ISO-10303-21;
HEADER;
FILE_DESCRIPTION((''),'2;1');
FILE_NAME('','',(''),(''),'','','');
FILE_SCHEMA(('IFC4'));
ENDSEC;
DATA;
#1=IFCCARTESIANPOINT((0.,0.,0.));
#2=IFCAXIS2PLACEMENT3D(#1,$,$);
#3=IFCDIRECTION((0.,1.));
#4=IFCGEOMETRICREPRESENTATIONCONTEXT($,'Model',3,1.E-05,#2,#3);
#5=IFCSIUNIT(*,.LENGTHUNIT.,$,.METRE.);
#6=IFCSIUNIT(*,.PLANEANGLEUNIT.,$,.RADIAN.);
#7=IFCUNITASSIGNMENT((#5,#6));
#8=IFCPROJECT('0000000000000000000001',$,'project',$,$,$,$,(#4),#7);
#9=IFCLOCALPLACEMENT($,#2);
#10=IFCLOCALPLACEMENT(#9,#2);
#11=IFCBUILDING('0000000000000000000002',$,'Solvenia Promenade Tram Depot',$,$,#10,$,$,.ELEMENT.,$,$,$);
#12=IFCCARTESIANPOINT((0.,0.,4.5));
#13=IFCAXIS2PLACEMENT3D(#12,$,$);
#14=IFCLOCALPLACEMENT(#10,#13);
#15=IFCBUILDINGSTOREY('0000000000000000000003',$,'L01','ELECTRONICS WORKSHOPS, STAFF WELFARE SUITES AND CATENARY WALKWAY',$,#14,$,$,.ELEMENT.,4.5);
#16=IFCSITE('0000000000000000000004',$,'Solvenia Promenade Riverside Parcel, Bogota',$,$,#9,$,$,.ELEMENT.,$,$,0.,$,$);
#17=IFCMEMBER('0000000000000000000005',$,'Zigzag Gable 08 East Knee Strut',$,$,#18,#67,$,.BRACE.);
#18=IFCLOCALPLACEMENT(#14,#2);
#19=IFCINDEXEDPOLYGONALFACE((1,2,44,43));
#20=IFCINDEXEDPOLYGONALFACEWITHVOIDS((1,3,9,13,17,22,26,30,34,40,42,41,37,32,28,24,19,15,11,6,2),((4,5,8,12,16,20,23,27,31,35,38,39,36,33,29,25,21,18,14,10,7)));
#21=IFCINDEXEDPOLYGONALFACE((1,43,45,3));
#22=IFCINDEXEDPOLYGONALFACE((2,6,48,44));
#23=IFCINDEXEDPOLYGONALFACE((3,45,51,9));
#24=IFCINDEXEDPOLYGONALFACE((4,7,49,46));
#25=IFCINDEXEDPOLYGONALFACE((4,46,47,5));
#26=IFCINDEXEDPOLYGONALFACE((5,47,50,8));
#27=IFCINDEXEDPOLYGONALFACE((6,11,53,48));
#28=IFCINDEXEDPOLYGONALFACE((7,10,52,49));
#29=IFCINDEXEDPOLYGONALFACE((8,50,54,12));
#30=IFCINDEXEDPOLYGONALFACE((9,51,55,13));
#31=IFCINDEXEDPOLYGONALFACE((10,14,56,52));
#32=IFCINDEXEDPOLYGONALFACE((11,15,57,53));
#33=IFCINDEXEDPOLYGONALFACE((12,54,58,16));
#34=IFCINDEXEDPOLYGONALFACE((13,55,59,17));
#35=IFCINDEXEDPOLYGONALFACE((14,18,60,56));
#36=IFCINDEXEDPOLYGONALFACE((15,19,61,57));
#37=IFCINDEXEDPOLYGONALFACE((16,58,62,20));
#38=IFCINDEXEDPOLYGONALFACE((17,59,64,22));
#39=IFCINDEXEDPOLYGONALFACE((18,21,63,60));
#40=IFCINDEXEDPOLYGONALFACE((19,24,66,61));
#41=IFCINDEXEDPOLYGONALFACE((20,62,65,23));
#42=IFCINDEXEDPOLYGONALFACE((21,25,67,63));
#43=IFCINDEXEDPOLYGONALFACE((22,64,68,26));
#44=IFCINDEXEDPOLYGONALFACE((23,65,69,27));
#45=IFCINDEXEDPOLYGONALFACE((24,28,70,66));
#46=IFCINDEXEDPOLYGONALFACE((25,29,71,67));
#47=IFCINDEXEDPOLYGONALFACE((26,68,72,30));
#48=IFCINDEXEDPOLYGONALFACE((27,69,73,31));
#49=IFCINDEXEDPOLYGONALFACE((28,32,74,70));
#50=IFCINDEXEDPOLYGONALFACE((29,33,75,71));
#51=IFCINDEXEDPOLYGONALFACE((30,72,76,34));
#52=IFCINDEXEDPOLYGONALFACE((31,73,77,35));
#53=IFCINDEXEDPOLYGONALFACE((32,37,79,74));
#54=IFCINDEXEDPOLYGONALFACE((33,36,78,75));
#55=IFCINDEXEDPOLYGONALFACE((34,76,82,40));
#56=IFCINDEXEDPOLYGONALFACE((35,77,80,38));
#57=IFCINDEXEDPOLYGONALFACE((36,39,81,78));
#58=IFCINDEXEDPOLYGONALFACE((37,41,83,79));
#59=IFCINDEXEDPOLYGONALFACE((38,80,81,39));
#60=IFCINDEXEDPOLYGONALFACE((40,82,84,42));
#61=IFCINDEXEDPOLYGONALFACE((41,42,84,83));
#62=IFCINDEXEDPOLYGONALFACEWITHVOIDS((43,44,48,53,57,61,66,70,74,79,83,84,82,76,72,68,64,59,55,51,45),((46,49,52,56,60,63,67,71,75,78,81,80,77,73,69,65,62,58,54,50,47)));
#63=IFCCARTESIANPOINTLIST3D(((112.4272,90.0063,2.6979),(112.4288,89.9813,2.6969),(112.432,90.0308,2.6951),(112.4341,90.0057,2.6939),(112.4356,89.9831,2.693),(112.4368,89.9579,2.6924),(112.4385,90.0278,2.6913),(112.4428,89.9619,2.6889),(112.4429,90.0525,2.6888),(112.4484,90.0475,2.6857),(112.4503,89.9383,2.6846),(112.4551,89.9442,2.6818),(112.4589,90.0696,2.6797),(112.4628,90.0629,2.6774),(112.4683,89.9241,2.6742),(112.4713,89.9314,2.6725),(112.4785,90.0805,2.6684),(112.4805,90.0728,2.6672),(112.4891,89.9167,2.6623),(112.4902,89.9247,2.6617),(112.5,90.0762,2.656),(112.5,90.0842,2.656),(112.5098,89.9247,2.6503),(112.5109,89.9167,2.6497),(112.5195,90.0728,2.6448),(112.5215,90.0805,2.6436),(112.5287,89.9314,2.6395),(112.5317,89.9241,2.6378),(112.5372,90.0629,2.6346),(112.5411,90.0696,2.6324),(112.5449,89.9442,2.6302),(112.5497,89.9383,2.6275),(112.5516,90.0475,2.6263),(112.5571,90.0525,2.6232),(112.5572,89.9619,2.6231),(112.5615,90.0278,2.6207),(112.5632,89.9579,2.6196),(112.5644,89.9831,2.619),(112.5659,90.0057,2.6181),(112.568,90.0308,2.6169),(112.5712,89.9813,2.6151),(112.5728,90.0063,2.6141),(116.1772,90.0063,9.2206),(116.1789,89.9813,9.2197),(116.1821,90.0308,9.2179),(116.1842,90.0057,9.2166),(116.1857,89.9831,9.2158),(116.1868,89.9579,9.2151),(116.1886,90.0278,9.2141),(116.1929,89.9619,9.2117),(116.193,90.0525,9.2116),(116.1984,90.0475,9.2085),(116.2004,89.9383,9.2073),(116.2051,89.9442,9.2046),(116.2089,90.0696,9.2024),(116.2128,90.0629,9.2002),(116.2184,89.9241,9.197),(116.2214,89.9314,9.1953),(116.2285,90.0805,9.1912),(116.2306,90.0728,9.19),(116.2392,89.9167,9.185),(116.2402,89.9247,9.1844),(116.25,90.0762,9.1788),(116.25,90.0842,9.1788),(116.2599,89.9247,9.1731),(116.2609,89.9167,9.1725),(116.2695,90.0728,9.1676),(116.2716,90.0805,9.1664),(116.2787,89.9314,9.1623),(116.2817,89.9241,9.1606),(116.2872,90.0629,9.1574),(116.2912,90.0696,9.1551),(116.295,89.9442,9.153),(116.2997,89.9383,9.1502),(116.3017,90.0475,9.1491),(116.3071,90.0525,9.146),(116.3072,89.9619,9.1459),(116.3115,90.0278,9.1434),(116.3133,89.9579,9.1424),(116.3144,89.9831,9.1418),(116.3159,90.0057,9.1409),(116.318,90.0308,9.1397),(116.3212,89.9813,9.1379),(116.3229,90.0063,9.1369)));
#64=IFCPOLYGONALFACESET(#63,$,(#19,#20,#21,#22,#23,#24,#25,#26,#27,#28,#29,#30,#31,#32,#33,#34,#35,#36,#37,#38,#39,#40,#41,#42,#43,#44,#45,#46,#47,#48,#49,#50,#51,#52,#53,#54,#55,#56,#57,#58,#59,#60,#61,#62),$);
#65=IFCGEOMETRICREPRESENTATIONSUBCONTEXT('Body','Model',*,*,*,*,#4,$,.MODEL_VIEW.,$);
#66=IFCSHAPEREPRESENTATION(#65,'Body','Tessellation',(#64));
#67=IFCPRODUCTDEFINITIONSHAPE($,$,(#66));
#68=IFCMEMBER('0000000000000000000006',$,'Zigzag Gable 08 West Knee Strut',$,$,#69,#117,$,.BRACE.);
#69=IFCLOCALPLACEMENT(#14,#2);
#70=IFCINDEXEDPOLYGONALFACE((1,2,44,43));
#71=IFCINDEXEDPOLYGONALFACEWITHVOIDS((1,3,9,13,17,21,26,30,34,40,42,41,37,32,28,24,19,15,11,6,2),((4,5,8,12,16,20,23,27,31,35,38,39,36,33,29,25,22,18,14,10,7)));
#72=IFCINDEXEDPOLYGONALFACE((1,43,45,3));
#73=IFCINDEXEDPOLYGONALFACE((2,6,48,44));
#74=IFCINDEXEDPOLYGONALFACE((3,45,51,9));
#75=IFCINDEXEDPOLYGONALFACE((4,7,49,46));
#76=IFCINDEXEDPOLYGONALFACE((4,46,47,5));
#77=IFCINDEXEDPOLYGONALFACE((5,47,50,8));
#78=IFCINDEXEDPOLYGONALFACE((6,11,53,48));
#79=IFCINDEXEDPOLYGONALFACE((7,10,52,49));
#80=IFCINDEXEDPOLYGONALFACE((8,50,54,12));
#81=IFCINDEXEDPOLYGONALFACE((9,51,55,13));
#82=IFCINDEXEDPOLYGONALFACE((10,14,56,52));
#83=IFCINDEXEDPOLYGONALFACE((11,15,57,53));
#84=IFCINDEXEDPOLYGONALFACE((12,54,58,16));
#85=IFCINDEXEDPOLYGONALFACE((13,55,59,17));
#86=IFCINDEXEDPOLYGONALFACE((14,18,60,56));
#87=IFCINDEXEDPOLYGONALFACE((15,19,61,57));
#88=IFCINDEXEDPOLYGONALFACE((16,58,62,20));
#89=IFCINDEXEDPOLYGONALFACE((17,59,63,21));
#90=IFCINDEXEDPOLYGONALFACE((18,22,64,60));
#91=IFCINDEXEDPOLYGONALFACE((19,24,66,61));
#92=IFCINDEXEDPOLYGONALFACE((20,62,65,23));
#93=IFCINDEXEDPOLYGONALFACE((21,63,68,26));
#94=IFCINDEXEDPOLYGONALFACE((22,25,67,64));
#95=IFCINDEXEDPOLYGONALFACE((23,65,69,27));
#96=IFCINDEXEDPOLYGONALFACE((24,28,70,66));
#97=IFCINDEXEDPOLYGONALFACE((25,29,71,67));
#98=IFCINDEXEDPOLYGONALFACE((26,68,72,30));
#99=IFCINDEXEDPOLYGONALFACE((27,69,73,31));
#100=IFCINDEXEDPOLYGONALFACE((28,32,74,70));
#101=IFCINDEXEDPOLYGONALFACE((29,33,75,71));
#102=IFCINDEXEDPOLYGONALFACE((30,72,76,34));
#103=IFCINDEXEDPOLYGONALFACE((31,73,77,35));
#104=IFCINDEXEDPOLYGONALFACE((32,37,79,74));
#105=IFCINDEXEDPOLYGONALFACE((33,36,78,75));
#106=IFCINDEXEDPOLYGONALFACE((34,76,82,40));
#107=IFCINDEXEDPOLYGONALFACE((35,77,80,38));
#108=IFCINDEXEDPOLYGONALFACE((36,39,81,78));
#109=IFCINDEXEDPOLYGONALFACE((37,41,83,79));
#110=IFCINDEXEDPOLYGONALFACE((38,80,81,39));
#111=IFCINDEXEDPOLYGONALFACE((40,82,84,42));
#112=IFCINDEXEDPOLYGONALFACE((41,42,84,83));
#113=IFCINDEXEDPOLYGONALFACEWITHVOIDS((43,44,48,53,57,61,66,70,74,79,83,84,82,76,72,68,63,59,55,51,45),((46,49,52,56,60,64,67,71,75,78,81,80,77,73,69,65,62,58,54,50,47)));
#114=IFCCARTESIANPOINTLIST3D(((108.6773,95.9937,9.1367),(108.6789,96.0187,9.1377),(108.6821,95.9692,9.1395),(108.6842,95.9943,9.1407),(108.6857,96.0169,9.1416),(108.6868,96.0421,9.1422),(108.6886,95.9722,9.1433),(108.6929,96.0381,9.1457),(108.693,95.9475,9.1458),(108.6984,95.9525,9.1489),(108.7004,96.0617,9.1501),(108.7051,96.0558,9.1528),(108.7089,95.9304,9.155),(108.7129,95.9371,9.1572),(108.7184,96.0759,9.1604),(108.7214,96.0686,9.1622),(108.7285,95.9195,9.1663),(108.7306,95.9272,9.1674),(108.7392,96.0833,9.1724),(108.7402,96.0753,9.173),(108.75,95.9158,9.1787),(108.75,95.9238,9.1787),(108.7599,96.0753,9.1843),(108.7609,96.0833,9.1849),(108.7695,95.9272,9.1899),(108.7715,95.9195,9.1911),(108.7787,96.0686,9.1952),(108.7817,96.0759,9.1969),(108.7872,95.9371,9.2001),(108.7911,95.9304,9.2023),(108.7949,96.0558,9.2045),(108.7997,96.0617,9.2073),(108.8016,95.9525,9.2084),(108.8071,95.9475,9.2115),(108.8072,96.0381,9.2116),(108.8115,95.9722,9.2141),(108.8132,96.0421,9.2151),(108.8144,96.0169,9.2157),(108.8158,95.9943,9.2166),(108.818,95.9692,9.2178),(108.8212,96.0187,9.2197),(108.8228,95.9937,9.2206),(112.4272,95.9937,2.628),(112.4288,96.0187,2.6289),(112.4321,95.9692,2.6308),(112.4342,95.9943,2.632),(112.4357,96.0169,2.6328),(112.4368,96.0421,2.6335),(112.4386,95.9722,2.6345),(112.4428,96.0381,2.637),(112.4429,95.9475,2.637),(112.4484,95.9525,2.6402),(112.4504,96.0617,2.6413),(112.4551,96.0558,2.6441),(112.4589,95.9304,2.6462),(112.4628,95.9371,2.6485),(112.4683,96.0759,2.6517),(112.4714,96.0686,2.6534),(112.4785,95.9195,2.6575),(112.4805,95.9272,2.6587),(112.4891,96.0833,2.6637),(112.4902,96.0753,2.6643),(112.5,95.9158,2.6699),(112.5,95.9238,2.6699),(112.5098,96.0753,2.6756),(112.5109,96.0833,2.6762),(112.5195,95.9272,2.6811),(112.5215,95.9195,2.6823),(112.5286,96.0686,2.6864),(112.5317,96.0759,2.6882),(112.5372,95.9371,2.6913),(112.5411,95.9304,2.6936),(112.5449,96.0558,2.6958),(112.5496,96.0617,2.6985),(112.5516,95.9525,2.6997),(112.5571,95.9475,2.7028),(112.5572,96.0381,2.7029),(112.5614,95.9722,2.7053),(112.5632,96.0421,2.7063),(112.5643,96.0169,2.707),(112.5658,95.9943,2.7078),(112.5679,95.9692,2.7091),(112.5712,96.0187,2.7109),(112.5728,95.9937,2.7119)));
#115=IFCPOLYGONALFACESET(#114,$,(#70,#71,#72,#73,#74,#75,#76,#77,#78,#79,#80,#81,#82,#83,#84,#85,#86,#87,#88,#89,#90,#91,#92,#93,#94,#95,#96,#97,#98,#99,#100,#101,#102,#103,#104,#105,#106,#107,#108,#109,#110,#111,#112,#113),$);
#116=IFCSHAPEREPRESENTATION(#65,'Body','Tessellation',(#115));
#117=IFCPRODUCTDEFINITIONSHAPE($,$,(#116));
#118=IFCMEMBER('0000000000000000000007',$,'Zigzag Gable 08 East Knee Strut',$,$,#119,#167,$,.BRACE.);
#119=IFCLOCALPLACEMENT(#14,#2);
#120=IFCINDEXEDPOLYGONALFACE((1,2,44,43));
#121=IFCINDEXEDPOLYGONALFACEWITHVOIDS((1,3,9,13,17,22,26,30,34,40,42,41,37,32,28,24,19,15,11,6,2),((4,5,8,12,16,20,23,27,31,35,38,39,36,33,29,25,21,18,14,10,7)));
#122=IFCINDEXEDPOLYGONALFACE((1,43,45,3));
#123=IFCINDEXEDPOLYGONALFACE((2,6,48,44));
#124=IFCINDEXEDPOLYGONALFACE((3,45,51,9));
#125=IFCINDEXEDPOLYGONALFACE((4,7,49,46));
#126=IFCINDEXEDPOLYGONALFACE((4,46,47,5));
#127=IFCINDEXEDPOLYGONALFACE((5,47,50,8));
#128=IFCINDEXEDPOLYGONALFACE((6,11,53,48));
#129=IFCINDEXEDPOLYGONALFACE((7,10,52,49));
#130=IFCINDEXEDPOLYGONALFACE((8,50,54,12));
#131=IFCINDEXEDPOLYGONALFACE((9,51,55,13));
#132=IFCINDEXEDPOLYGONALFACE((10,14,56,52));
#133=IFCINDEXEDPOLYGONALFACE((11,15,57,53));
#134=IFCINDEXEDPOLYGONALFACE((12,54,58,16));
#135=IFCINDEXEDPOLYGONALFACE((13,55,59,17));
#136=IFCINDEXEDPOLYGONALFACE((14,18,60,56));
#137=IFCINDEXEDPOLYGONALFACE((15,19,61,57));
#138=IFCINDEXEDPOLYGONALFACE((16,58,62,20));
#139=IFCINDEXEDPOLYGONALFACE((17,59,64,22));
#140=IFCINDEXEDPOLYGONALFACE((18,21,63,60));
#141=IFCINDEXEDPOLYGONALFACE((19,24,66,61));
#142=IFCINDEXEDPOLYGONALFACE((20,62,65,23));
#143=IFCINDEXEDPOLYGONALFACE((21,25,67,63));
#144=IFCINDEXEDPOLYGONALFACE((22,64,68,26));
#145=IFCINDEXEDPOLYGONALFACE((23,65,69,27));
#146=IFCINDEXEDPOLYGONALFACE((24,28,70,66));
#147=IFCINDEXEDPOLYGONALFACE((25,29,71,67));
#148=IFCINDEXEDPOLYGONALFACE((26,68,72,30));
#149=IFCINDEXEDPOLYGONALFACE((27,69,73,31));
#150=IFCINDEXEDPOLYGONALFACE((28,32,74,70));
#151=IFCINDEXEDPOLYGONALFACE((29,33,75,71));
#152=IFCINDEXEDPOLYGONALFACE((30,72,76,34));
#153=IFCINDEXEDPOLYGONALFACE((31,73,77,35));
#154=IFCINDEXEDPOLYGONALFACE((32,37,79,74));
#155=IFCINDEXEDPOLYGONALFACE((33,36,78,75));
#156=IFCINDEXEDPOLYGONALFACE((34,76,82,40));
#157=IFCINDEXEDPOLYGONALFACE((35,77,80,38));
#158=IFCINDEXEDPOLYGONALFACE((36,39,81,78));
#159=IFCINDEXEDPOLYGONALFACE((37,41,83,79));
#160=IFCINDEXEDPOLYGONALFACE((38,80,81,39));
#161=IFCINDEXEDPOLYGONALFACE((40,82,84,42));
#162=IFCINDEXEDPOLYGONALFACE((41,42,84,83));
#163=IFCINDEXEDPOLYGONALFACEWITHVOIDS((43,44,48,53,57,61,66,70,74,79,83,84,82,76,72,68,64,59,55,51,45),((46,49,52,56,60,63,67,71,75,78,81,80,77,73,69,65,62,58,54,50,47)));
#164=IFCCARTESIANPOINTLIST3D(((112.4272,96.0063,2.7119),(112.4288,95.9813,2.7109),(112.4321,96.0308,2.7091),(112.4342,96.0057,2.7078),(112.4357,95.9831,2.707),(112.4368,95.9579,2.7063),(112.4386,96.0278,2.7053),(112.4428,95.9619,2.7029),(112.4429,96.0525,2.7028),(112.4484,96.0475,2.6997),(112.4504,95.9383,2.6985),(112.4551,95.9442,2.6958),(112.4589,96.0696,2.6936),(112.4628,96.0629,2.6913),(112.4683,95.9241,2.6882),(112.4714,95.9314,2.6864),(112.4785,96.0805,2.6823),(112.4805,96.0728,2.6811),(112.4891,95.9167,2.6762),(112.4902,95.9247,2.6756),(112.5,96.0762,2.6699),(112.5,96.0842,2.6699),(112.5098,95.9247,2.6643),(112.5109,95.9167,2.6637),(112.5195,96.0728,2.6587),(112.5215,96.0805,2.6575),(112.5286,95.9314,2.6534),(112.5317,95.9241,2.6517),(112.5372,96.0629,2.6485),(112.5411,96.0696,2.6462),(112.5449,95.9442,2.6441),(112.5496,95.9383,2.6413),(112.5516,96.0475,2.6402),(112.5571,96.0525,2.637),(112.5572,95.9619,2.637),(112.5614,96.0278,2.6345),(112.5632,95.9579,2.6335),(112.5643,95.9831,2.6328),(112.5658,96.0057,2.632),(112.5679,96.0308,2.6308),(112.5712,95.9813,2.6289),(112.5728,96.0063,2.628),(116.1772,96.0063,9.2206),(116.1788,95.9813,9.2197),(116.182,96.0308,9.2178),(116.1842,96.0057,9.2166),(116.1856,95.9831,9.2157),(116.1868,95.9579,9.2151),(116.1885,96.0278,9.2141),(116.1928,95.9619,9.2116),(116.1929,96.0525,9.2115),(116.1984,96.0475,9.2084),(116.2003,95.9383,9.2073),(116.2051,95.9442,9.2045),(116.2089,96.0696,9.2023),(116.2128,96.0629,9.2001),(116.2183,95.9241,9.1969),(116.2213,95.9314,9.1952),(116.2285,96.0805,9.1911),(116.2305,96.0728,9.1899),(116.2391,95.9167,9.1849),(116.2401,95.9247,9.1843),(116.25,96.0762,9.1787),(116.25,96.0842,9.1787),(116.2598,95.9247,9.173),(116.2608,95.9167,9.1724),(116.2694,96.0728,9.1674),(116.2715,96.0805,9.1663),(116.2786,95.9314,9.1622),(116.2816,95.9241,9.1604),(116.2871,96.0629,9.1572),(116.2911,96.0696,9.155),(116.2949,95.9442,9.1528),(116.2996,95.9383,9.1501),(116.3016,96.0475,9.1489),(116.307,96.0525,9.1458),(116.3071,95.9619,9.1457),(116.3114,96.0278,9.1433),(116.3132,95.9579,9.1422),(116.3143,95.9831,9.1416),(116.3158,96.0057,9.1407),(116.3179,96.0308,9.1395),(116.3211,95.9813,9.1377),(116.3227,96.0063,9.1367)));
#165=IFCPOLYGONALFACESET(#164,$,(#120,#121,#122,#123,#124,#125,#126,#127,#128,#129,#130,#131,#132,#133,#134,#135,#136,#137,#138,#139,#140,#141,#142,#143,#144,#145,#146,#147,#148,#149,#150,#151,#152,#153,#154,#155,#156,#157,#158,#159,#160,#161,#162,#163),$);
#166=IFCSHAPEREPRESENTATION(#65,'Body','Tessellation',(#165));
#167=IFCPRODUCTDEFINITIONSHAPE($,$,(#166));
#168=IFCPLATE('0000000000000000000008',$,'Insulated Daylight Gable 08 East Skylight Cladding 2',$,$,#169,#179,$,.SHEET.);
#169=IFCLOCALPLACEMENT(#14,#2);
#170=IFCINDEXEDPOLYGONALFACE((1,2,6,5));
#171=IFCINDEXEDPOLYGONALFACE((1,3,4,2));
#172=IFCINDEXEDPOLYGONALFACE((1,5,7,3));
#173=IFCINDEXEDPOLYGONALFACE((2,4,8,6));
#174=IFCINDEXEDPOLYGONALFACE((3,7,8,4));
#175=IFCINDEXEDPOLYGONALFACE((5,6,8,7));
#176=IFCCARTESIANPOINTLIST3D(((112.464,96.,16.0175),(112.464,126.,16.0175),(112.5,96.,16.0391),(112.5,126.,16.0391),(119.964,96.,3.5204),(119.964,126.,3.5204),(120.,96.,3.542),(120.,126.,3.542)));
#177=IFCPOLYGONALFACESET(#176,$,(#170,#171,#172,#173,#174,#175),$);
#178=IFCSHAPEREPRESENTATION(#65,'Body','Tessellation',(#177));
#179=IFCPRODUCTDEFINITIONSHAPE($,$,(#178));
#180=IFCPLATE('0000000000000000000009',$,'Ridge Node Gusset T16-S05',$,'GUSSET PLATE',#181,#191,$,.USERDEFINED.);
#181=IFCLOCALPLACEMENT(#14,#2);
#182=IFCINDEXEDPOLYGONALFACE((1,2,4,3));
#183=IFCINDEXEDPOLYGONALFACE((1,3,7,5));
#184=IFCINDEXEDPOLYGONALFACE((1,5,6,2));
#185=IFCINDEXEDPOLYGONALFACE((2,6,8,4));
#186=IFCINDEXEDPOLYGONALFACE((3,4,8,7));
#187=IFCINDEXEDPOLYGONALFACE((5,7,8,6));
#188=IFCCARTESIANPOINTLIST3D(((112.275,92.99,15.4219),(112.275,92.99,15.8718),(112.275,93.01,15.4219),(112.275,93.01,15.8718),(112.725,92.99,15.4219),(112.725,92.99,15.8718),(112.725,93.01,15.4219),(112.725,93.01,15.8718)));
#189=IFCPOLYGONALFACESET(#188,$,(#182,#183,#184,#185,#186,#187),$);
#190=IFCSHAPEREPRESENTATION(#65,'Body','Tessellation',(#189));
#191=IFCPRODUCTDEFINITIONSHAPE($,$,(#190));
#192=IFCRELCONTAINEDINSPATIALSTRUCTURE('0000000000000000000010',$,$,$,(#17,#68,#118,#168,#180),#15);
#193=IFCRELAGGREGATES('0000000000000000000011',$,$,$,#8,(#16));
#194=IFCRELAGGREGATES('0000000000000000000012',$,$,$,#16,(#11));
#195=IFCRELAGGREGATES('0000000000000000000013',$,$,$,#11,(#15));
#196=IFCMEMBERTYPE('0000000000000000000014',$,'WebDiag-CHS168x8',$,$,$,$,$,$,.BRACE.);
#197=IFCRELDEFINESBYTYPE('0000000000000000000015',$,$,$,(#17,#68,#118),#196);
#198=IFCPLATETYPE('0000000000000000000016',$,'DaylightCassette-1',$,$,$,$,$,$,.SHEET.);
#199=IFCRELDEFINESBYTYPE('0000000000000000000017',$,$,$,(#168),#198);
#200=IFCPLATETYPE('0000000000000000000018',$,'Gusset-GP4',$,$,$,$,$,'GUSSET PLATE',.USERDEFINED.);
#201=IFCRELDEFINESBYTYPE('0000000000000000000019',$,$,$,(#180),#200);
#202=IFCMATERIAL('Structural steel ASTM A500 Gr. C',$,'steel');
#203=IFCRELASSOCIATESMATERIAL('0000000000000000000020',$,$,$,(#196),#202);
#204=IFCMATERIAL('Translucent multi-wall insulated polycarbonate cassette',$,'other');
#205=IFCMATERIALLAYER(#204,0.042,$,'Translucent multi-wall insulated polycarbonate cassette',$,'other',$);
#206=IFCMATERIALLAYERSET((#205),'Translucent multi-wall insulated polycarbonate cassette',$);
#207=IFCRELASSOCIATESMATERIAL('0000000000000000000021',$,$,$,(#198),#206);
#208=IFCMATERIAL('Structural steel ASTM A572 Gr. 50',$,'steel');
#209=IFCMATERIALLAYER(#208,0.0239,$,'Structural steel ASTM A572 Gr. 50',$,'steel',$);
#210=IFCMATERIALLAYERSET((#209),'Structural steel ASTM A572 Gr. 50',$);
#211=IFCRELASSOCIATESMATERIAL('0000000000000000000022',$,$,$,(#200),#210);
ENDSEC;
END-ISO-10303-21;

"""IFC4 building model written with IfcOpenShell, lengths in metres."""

from ifc_helpers import new_model, si_unit, direction, frame, origin, origin_2d, place, context, subcontext, project, spatial, polyline, rectangle, hollow_circle, outline, extrude, material, layer, layer_set, material_profile, profile_set, type_object, element, save


model = new_model("IFC4")

# Units and contexts
model_context = context("Model", 3, precision=1e-05, world=origin(), true_north=direction((0.0, 1.0)))
body_context = subcontext(model_context, "Body", "Model", "MODEL_VIEW")
ifc_project = project(units=[si_unit("LENGTHUNIT", "METRE"), si_unit("PLANEANGLEUNIT", "RADIAN")], contexts=[model_context])

# Site, building, storey
site_placement = place(None, origin())
site = spatial("IfcSite", under=ifc_project, at=site_placement, Name="Solvenia Promenade Riverside Parcel, Bogota", CompositionType="ELEMENT", RefElevation=0.0)
building_placement = place(site_placement, origin())
building = spatial("IfcBuilding", under=site, at=building_placement, Name="Solvenia Promenade Tram Depot", CompositionType="ELEMENT")
storey_placement = place(building_placement, frame((0.0, 0.0, 4.5)))
storey = spatial("IfcBuildingStorey", under=building, at=storey_placement, Name="L01", Description="ELECTRONICS WORKSHOPS, STAFF WELFARE SUITES AND CATENARY WALKWAY", CompositionType="ELEMENT", Elevation=4.5)

# Shared definitions
ifc_material_1 = material(Name="Structural steel ASTM A500 Gr. C", Category="steel")

# Members
ifc_material_profile_1 = material_profile(ifc_material_1, hollow_circle(Radius=0.0842, WallThickness=0.0081, at=origin_2d()), Name="CHS168.3x8", Category="steel")
ifc_profile_set_1 = profile_set([ifc_material_profile_1], Name="Structural steel ASTM A500 Gr. C")
member_type_1 = type_object("IfcMemberType", Name="WebDiag-CHS168x8", PredefinedType="BRACE", material=ifc_profile_set_1)
for number, where, z_axis, x_axis, name in (
    (1, (112.5, 90.0, 2.656), (0.498416, 0.0, 0.866938), (0.0, 1.0, 0.0), "Zigzag Gable 08 East Knee Strut"),
):
    element("IfcMember", number, at=place(storey_placement, frame(where, z_axis=z_axis, x_axis=x_axis)), inside=storey, type_object=member_type_1, Name=name, PredefinedType="BRACE", context=body_context, shape_type="SweptSolid", body=[
        extrude(hollow_circle(Radius=0.0842, WallThickness=0.0081, at=origin_2d()), origin(), (0.0, 0.0, 1.0), 7.5239),
    ])
for number, where, z_axis, x_axis, name in (
    (2, (112.5, 96.0, 2.6699), (-0.499216, 0.0, 0.866478), (0.0, -1.0, 0.0), "Zigzag Gable 08 West Knee Strut"),
    (3, (112.5, 96.0, 2.6699), (0.499216, 0.0, 0.866478), (0.0, 1.0, 0.0), "Zigzag Gable 08 East Knee Strut"),
):
    element("IfcMember", number, at=place(storey_placement, frame(where, z_axis=z_axis, x_axis=x_axis)), inside=storey, type_object=member_type_1, Name=name, PredefinedType="BRACE", context=body_context, shape_type="SweptSolid", body=[
        extrude(hollow_circle(Radius=0.0842, WallThickness=0.0081, at=origin_2d()), origin(), (0.0, 0.0, 1.0), 7.5117),
    ])

# Plates
ifc_material_2 = material(Name="Translucent multi-wall insulated polycarbonate cassette", Category="other")
ifc_layer_1 = layer(ifc_material_2, 0.042, Name="Translucent multi-wall insulated polycarbonate cassette", Category="other")
ifc_layer_set_1 = layer_set([ifc_layer_1], Name="Translucent multi-wall insulated polycarbonate cassette")
plate_type_1 = type_object("IfcPlateType", Name="DaylightCassette-1", PredefinedType="SHEET", material=ifc_layer_set_1)
plate_1_placement = place(storey_placement, frame((112.5, 96.0, 16.0391), z_axis=(0.85744, 0.0, 0.514584), x_axis=(0.0, 1.0, 0.0)))
element("IfcPlate", 4, at=plate_1_placement, inside=storey, type_object=plate_type_1, Name="Insulated Daylight Gable 08 East Skylight Cladding 2", PredefinedType="SHEET", context=body_context, shape_type="SweptSolid", body=[
    extrude(outline(polyline([(0.0, 0.0), (30.0, 0.0), (30.0, -14.5749), (0.0, -14.5749), (0.0, 0.0)])), origin(), (0.0, 0.0, -1.0), 0.042),
])
ifc_material_3 = material(Name="Structural steel ASTM A572 Gr. 50", Category="steel")
ifc_layer_2 = layer(ifc_material_3, 0.0239, Name="Structural steel ASTM A572 Gr. 50", Category="steel")
ifc_layer_set_2 = layer_set([ifc_layer_2], Name="Structural steel ASTM A572 Gr. 50")
plate_type_2 = type_object("IfcPlateType", Name="Gusset-GP4", ElementType="GUSSET PLATE", PredefinedType="USERDEFINED", material=ifc_layer_set_2)
plate_2_placement = place(storey_placement, frame((112.5, 93.0, 15.4219), z_axis=(0.0, 0.0, 1.0), x_axis=(1.0, 0.0, 0.0)))
element("IfcPlate", 5, at=plate_2_placement, inside=storey, type_object=plate_type_2, Name="Ridge Node Gusset T16-S05", ObjectType="GUSSET PLATE", PredefinedType="USERDEFINED", context=body_context, shape_type="SweptSolid", body=[
    extrude(rectangle(XDim=0.45, YDim=0.02, at=origin_2d()), origin(), (0.0, 0.0, 1.0), 0.45),
])

save(model, "model.ifc")
